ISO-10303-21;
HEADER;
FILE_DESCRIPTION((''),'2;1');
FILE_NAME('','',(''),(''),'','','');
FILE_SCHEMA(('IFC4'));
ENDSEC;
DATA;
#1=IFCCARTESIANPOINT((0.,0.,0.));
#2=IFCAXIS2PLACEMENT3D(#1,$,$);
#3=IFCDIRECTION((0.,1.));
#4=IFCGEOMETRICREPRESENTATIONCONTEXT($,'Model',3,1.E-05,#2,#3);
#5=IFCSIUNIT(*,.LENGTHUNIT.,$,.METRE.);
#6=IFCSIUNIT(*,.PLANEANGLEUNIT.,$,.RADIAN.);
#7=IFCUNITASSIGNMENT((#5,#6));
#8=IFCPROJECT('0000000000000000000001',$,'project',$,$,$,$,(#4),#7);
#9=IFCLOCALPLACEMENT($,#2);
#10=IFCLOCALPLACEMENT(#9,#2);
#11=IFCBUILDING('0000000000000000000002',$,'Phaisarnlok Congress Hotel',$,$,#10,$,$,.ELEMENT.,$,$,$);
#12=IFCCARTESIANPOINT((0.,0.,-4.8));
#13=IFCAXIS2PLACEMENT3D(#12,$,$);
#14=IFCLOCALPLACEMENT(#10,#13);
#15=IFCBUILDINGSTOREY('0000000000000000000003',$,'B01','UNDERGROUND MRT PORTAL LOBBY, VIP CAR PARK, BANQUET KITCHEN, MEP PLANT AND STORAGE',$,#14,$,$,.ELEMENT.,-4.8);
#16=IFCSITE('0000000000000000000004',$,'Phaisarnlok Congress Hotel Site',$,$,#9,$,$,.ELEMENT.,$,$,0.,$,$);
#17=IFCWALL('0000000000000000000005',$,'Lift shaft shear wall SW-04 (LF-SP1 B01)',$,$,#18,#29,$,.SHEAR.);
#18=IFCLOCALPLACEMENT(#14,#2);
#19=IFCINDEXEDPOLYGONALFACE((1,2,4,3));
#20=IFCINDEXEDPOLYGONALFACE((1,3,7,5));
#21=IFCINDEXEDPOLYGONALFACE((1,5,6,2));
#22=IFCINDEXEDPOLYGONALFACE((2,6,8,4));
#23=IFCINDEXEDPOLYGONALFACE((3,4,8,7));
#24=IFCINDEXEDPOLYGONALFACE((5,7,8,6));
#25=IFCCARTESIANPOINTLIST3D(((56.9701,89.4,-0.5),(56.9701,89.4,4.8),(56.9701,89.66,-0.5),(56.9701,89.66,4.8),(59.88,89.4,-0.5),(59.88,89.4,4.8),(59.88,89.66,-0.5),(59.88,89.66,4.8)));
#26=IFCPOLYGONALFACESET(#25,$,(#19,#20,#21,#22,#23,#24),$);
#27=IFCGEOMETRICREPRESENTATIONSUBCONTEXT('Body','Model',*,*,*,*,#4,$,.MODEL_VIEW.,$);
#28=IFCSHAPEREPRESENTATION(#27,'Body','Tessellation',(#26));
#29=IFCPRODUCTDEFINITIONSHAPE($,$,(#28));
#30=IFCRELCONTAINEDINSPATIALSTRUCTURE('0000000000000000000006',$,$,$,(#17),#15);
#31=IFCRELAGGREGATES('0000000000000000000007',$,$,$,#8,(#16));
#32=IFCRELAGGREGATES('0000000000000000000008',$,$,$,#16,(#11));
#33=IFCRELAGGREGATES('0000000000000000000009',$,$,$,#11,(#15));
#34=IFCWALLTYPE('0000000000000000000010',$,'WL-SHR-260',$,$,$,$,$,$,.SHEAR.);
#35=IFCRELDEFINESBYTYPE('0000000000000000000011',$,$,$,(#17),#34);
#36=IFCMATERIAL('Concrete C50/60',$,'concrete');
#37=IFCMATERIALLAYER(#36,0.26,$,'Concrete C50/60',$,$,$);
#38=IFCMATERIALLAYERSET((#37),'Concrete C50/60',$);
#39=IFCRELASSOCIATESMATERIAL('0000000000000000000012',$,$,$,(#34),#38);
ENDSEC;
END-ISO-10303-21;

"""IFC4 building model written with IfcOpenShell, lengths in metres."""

from ifc_helpers import new_model, si_unit, direction, frame, frame_2d, origin, place, context, subcontext, project, spatial, rectangle, extrude, material, layer, layer_set, type_object, element, save


model = new_model("IFC4")

# Units and contexts
model_context = context("Model", 3, precision=1e-05, world=origin(), true_north=direction((0.0, 1.0)))
body_context = subcontext(model_context, "Body", "Model", "MODEL_VIEW")
ifc_project = project(units=[si_unit("LENGTHUNIT", "METRE"), si_unit("PLANEANGLEUNIT", "RADIAN")], contexts=[model_context])

# Site, building, storey
site_placement = place(None, origin())
site = spatial("IfcSite", under=ifc_project, at=site_placement, Name="Phaisarnlok Congress Hotel Site", CompositionType="ELEMENT", RefElevation=0.0)
building_placement = place(site_placement, origin())
building = spatial("IfcBuilding", under=site, at=building_placement, Name="Phaisarnlok Congress Hotel", CompositionType="ELEMENT")
storey_placement = place(building_placement, frame((0.0, 0.0, -4.8)))
storey = spatial("IfcBuildingStorey", under=building, at=storey_placement, Name="B01", Description="UNDERGROUND MRT PORTAL LOBBY, VIP CAR PARK, BANQUET KITCHEN, MEP PLANT AND STORAGE", CompositionType="ELEMENT", Elevation=-4.8)

# Shared definitions
ifc_material_1 = material(Name="Concrete C50/60", Category="concrete")

# Wall
ifc_layer_1 = layer(ifc_material_1, 0.26, Name="Concrete C50/60")
ifc_layer_set_1 = layer_set([ifc_layer_1], Name="Concrete C50/60")
wall_type_1 = type_object("IfcWallType", Name="WL-SHR-260", PredefinedType="SHEAR", material=ifc_layer_set_1)
wall_1_placement = place(storey_placement, frame((56.97, 89.53, -0.5), z_axis=(0.0, 0.0, 1.0), x_axis=(1.0, 0.0, 0.0)))
element("IfcWall", 1, at=wall_1_placement, inside=storey, type_object=wall_type_1, Name="Lift shaft shear wall SW-04 (LF-SP1 B01)", PredefinedType="SHEAR", context=body_context, shape_type="SweptSolid", body=[
    extrude(rectangle(XDim=2.9099, YDim=0.26, at=frame_2d((1.4551, 0.0))), origin(), (0.0, 0.0, 1.0), 5.3),
])

save(model, "model.ifc")
